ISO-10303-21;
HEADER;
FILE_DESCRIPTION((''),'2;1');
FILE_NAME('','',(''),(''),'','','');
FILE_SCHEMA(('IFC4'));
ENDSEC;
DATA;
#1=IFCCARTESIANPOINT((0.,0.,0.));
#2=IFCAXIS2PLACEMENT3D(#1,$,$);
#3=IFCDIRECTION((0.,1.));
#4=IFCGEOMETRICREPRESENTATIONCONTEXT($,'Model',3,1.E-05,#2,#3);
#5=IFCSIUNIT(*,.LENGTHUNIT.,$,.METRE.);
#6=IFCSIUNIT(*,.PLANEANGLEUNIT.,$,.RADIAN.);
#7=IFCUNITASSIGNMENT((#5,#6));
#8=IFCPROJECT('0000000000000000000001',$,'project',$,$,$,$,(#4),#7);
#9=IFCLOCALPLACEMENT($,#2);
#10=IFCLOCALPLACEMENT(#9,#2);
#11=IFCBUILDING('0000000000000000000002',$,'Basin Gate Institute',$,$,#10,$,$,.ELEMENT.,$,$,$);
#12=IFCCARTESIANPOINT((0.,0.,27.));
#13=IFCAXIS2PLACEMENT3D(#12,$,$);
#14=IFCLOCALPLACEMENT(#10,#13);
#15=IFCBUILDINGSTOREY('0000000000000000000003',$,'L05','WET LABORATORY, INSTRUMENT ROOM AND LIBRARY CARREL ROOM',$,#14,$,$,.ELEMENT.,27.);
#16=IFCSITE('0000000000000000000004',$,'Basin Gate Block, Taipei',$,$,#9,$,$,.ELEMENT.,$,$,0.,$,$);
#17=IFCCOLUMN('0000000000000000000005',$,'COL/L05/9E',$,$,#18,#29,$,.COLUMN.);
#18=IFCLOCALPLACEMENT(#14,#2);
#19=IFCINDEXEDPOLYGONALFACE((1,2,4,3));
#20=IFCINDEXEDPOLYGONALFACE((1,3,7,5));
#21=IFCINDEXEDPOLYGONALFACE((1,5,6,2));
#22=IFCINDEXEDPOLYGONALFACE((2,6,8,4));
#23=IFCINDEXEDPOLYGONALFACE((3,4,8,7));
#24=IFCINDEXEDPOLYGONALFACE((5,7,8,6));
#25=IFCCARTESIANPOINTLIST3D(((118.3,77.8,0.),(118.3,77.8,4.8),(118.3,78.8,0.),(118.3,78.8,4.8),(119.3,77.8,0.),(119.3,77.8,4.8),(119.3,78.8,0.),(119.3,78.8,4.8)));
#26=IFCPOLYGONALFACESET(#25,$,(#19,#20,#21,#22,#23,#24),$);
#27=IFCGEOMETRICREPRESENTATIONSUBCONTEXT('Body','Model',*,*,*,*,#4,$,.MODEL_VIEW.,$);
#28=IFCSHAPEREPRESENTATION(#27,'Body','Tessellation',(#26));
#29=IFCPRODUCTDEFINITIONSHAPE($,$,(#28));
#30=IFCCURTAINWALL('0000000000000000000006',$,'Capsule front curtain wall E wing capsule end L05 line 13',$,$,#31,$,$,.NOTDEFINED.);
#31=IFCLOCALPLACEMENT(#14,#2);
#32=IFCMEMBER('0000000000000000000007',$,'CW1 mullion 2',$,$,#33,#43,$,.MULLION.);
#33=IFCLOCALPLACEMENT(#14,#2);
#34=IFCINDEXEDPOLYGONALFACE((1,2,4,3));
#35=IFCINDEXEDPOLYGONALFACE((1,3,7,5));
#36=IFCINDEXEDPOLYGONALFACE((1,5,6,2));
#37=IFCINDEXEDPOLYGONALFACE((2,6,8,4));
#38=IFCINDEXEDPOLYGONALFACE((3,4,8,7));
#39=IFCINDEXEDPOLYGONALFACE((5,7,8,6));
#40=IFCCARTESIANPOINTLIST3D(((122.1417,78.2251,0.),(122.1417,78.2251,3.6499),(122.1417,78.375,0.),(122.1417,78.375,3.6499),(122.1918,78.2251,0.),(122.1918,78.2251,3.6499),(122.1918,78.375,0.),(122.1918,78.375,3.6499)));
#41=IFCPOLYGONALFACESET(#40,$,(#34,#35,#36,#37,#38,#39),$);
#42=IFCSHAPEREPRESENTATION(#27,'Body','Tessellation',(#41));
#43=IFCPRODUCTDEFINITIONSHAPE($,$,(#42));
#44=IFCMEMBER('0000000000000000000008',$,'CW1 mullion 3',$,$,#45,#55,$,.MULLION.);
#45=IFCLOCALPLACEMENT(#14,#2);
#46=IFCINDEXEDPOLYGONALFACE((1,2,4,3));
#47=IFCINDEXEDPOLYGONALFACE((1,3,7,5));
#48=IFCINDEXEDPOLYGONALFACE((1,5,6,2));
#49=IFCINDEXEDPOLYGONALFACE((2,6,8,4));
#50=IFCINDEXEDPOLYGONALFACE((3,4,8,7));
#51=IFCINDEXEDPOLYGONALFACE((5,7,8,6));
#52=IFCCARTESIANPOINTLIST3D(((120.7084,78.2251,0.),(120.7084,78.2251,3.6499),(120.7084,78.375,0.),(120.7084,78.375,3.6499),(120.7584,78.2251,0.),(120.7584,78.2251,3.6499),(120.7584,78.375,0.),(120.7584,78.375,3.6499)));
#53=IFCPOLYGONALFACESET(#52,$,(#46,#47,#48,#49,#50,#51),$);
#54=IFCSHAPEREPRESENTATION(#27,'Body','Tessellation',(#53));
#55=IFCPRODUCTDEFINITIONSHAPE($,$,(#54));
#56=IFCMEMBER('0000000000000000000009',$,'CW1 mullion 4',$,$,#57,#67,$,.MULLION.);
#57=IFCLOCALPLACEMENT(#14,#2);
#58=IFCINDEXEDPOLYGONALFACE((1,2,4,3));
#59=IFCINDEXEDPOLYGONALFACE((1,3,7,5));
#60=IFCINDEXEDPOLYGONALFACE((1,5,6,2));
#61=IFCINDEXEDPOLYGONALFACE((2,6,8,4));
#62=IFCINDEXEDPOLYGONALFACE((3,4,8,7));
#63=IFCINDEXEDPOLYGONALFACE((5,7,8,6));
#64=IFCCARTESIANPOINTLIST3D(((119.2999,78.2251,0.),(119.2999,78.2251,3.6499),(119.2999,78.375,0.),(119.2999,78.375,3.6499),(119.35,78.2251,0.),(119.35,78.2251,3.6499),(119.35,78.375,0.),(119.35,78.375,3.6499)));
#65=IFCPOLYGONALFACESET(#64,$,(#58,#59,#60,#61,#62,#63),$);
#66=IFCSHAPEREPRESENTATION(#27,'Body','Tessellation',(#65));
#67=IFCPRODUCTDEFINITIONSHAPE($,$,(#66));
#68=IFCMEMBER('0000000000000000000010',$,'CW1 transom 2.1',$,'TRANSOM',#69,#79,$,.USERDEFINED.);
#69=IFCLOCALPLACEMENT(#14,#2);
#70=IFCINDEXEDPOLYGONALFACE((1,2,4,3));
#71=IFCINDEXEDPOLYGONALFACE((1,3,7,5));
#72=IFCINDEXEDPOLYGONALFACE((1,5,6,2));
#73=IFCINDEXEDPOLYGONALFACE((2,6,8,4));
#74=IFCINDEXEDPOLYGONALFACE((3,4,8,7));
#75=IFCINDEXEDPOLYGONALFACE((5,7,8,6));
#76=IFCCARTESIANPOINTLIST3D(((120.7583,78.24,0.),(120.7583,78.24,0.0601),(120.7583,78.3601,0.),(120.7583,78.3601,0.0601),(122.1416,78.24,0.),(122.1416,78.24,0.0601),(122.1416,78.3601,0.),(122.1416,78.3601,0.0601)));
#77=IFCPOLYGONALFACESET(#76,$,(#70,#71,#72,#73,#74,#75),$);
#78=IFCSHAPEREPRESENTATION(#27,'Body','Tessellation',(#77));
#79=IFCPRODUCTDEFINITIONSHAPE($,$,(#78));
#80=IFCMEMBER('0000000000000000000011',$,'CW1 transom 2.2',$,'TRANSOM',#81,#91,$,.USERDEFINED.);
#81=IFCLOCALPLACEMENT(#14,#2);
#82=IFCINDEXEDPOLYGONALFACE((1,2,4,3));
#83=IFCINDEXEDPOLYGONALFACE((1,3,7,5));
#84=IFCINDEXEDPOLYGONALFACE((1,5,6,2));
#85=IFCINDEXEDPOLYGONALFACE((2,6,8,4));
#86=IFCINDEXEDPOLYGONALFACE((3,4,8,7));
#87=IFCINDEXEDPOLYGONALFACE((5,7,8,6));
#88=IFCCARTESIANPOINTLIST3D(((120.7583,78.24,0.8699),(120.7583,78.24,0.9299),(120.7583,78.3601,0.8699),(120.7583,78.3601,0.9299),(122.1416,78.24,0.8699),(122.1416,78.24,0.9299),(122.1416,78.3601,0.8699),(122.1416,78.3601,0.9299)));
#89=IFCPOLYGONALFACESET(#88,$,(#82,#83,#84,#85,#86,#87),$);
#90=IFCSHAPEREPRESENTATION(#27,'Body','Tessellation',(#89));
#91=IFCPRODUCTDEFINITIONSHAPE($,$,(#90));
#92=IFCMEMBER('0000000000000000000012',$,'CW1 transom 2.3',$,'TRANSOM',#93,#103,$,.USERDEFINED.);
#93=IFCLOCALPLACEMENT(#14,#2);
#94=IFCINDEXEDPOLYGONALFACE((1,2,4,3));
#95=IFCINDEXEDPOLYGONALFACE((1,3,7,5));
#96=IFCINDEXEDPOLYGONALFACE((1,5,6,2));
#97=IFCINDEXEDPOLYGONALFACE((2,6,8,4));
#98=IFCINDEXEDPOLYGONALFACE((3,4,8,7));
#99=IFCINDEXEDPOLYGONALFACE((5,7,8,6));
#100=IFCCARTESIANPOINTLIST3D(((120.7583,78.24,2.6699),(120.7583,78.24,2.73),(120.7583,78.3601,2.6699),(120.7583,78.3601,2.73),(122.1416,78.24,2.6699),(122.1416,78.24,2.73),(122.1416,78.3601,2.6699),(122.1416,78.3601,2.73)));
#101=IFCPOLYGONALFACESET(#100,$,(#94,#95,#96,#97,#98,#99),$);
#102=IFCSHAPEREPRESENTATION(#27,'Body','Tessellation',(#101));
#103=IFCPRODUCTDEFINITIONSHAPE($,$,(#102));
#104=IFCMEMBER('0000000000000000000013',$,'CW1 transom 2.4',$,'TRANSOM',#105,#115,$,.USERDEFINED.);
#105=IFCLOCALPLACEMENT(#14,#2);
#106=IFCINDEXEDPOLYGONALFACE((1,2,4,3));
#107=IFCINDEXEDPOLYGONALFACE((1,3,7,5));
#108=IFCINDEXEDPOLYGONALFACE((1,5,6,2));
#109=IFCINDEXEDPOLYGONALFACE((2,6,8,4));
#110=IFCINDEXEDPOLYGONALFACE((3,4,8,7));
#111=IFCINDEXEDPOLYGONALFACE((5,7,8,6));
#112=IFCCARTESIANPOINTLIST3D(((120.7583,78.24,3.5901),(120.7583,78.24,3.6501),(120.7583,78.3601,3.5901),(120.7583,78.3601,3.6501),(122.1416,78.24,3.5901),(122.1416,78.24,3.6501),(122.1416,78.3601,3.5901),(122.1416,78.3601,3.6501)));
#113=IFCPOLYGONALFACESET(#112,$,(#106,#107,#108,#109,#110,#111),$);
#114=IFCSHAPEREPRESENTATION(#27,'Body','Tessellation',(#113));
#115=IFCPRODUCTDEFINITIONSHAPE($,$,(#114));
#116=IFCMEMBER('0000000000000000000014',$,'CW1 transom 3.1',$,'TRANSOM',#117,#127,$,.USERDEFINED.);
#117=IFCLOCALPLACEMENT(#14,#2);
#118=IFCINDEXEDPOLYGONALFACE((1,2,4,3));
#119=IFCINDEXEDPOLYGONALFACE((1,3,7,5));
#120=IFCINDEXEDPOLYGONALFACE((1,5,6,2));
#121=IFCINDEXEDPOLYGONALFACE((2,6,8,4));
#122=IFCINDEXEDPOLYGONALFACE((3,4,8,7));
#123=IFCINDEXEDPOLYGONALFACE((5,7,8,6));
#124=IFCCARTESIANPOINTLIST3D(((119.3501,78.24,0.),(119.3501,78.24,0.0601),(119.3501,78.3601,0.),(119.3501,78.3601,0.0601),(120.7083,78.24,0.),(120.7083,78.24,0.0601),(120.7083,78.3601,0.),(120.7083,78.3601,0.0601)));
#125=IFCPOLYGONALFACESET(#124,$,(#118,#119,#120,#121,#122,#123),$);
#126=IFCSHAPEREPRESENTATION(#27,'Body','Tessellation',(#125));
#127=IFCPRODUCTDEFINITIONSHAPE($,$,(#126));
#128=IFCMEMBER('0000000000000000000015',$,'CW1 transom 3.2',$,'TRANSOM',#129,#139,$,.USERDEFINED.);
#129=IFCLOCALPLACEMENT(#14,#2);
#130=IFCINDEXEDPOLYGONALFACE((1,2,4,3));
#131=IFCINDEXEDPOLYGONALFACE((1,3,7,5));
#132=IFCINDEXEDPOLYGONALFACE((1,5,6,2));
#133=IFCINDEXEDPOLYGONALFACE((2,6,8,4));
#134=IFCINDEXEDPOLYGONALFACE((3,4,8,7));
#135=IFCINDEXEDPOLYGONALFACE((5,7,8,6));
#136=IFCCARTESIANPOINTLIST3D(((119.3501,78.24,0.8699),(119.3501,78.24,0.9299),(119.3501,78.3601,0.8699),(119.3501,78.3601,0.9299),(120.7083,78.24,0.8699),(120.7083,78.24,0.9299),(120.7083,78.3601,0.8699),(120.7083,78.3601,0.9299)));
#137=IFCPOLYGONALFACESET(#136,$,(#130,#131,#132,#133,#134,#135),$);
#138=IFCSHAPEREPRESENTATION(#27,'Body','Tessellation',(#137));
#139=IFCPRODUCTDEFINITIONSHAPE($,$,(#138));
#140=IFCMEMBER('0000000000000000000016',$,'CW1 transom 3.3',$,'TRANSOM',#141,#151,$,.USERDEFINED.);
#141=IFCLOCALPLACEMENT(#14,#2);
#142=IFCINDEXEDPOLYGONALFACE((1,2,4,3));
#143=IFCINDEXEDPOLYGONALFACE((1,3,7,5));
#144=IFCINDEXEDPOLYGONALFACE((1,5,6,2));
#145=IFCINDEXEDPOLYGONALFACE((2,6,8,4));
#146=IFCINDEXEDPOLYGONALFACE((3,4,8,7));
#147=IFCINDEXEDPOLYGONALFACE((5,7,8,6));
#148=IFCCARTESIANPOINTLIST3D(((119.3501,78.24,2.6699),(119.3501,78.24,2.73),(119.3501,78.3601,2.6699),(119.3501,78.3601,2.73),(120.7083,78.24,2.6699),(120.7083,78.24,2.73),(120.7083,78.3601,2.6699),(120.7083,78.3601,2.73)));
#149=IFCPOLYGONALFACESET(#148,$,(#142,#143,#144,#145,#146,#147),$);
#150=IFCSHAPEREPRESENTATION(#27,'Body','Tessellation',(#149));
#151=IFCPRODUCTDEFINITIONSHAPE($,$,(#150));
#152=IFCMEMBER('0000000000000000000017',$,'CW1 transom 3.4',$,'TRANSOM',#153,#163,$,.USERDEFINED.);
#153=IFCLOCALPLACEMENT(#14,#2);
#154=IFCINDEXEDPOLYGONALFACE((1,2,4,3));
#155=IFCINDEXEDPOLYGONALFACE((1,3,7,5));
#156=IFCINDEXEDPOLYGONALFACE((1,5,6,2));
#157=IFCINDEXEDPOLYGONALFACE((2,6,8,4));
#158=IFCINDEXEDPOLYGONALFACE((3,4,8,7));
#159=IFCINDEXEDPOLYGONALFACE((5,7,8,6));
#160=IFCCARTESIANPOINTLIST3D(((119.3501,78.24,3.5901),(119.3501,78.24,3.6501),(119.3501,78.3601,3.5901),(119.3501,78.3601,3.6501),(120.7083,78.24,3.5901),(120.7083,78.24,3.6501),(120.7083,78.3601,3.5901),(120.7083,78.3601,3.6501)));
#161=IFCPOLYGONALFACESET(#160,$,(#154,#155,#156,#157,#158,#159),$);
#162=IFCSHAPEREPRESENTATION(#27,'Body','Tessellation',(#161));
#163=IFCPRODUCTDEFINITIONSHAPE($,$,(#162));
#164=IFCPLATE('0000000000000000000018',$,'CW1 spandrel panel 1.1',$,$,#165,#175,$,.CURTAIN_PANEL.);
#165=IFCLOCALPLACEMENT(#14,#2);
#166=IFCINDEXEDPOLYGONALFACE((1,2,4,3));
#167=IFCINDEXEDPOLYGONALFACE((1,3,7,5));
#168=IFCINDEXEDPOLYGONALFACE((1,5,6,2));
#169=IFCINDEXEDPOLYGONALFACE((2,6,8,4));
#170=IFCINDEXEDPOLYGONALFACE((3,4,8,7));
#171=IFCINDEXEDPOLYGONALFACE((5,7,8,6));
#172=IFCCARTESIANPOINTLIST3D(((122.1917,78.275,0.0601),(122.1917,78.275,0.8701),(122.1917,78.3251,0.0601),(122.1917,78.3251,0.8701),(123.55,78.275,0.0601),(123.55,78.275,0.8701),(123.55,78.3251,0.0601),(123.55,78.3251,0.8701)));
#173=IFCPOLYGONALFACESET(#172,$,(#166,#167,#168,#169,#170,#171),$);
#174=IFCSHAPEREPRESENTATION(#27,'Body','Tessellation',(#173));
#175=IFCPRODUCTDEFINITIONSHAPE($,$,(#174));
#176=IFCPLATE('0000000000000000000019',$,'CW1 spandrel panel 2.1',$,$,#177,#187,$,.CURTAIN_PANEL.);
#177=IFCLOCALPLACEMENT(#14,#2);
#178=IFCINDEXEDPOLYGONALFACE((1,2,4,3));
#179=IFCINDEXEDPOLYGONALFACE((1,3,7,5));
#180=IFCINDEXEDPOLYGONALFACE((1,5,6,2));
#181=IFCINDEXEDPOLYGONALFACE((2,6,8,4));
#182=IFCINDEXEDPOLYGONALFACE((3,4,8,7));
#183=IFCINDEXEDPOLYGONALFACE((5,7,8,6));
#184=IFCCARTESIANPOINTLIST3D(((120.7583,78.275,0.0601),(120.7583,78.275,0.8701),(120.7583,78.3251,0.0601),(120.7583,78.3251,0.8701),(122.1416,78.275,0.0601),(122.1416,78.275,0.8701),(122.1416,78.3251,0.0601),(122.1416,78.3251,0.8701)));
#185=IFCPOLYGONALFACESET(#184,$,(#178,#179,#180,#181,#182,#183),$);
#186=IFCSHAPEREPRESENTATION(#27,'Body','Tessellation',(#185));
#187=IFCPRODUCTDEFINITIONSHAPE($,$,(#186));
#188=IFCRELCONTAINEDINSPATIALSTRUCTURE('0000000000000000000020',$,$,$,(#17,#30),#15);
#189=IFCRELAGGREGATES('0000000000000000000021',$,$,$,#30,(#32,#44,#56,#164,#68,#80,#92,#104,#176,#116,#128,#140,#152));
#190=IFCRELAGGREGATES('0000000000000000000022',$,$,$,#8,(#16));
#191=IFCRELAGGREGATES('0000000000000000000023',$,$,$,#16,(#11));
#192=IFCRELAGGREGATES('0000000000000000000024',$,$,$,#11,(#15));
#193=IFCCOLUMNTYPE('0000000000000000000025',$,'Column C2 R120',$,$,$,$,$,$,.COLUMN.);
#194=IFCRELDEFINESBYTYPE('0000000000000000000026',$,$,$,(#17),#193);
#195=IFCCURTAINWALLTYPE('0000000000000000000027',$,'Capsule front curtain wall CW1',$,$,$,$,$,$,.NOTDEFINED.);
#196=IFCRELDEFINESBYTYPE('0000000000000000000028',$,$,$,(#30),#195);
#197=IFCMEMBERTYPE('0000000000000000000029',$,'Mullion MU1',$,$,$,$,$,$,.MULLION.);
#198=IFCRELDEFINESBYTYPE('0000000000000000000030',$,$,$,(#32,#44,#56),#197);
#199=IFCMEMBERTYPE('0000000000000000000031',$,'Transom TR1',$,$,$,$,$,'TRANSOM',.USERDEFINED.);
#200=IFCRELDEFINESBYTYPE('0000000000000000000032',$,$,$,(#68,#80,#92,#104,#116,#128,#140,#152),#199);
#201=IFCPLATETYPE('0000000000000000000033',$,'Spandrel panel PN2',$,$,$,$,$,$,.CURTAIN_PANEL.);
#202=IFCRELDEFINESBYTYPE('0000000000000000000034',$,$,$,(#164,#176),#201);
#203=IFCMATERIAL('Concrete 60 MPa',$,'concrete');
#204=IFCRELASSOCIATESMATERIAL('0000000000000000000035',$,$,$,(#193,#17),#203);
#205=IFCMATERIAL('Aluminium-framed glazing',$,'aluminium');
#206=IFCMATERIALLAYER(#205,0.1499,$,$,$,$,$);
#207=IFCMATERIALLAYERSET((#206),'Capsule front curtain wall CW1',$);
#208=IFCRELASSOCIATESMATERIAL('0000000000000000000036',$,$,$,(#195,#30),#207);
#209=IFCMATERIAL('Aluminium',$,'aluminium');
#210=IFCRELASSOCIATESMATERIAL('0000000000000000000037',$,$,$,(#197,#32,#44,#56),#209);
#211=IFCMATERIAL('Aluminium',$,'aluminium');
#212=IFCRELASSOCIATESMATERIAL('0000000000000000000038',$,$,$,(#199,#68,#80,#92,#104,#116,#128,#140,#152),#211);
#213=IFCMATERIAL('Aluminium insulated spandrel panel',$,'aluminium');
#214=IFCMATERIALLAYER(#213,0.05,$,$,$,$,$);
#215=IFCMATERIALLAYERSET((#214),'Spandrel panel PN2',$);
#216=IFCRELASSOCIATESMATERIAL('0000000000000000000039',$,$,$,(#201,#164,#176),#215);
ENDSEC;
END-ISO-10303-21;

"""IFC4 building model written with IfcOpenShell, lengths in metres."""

from ifc_helpers import new_model, si_unit, direction, frame, origin, origin_2d, place, context, subcontext, project, spatial, rectangle, extrude, material, layer, layer_set, material_profile, profile_set, type_object, element, aggregate, save


model = new_model("IFC4")

# Units and contexts
model_context = context("Model", 3, precision=1e-05, world=origin(), true_north=direction((0.0, 1.0)))
body_context = subcontext(model_context, "Body", "Model", "MODEL_VIEW")
ifc_project = project(units=[si_unit("LENGTHUNIT", "METRE"), si_unit("PLANEANGLEUNIT", "RADIAN")], contexts=[model_context])

# Site, building, storey
site_placement = place(None, origin())
site = spatial("IfcSite", under=ifc_project, at=site_placement, Name="Basin Gate Block, Taipei", CompositionType="ELEMENT", RefElevation=0.0)
building_placement = place(site_placement, origin())
building = spatial("IfcBuilding", under=site, at=building_placement, Name="Basin Gate Institute", CompositionType="ELEMENT")
storey_placement = place(building_placement, frame((0.0, 0.0, 27.0)))
storey = spatial("IfcBuildingStorey", under=building, at=storey_placement, Name="L05", Description="WET LABORATORY, INSTRUMENT ROOM AND LIBRARY CARREL ROOM", CompositionType="ELEMENT", Elevation=27.0)

# Column
ifc_material_1 = material(Name="Concrete 60 MPa", Category="concrete")
ifc_material_profile_1 = material_profile(ifc_material_1, rectangle(XDim=1.0, YDim=1.0, at=origin_2d()), Name="Column C2 1000 x 1000")
ifc_profile_set_1 = profile_set([ifc_material_profile_1], Name="Concrete 60 MPa")
column_type = type_object("IfcColumnType", Name="Column C2 R120", PredefinedType="COLUMN", material=ifc_profile_set_1)
column_placement = place(storey_placement, frame((118.8, 78.3, 0.0), z_axis=(0.0, 0.0, 1.0), x_axis=(1.0, 0.0, 0.0)))
element("IfcColumn", 1, at=column_placement, inside=storey, type_object=column_type, material=ifc_profile_set_1, Name="COL/L05/9E", PredefinedType="COLUMN", context=body_context, shape_type="SweptSolid", body=[
    extrude(rectangle(XDim=1.0, YDim=1.0, at=origin_2d()), origin(), (0.0, 0.0, 1.0), 4.8),
])

# Curtain wall, members, plates
ifc_material_2 = material(Name="Aluminium-framed glazing", Category="aluminium")
ifc_layer_1 = layer(ifc_material_2, 0.1499)
ifc_layer_set_1 = layer_set([ifc_layer_1], Name="Capsule front curtain wall CW1")
curtain_wall_type = type_object("IfcCurtainWallType", Name="Capsule front curtain wall CW1", PredefinedType="NOTDEFINED", material=ifc_layer_set_1)
curtain_wall_placement = place(storey_placement, origin())
curtain_wall = element("IfcCurtainWall", 2, at=curtain_wall_placement, inside=storey, type_object=curtain_wall_type, material=ifc_layer_set_1, Name="Capsule front curtain wall E wing capsule end L05 line 13", PredefinedType="NOTDEFINED")
ifc_material_3 = material(Name="Aluminium", Category="aluminium")
ifc_material_profile_2 = material_profile(ifc_material_3, rectangle(XDim=0.1499, YDim=0.05, at=origin_2d()), Name="Mullion MU1 150 x 50")
ifc_profile_set_2 = profile_set([ifc_material_profile_2], Name="Aluminium")
member_type_1 = type_object("IfcMemberType", Name="Mullion MU1", PredefinedType="MULLION", material=ifc_profile_set_2)
member_1_placement = place(storey_placement, frame((122.1667, 78.3, 0.0), z_axis=(0.0, 0.0, 1.0), x_axis=(0.0, -1.0, 0.0)))
member_1 = element("IfcMember", 3, at=member_1_placement, type_object=member_type_1, material=ifc_profile_set_2, Name="CW1 mullion 2", PredefinedType="MULLION", context=body_context, shape_type="SweptSolid", body=[
    extrude(rectangle(XDim=0.1499, YDim=0.05, at=origin_2d()), origin(), (0.0, 0.0, 1.0), 3.6499),
])
member_2_placement = place(storey_placement, frame((120.7334, 78.3, 0.0), z_axis=(0.0, 0.0, 1.0), x_axis=(0.0, -1.0, 0.0)))
member_2 = element("IfcMember", 4, at=member_2_placement, type_object=member_type_1, material=ifc_profile_set_2, Name="CW1 mullion 3", PredefinedType="MULLION", context=body_context, shape_type="SweptSolid", body=[
    extrude(rectangle(XDim=0.1499, YDim=0.05, at=origin_2d()), origin(), (0.0, 0.0, 1.0), 3.6499),
])
member_3_placement = place(storey_placement, frame((119.325, 78.3, 0.0), z_axis=(0.0, 0.0, 1.0), x_axis=(0.0, -1.0, 0.0)))
member_3 = element("IfcMember", 5, at=member_3_placement, type_object=member_type_1, material=ifc_profile_set_2, Name="CW1 mullion 4", PredefinedType="MULLION", context=body_context, shape_type="SweptSolid", body=[
    extrude(rectangle(XDim=0.1499, YDim=0.05, at=origin_2d()), origin(), (0.0, 0.0, 1.0), 3.6499),
])
ifc_material_4 = material(Name="Aluminium", Category="aluminium")
ifc_material_profile_3 = material_profile(ifc_material_4, rectangle(XDim=0.1201, YDim=0.0601, at=origin_2d()), Name="Transom TR1 120 x 60")
ifc_profile_set_3 = profile_set([ifc_material_profile_3], Name="Aluminium")
member_type_2 = type_object("IfcMemberType", Name="Transom TR1", ElementType="TRANSOM", PredefinedType="USERDEFINED", material=ifc_profile_set_3)
member_4_placement = place(storey_placement, frame((122.1416, 78.3, 0.03), z_axis=(-1.0, 0.0, 0.0), x_axis=(0.0, -1.0, 0.0)))
member_4 = element("IfcMember", 6, at=member_4_placement, type_object=member_type_2, material=ifc_profile_set_3, Name="CW1 transom 2.1", ObjectType="TRANSOM", PredefinedType="USERDEFINED", context=body_context, shape_type="SweptSolid", body=[
    extrude(rectangle(XDim=0.1201, YDim=0.0601, at=origin_2d()), origin(), (0.0, 0.0, 1.0), 1.3833),
])
member_5_placement = place(storey_placement, frame((122.1416, 78.3, 0.8999), z_axis=(-1.0, 0.0, 0.0), x_axis=(0.0, -1.0, 0.0)))
member_5 = element("IfcMember", 7, at=member_5_placement, type_object=member_type_2, material=ifc_profile_set_3, Name="CW1 transom 2.2", ObjectType="TRANSOM", PredefinedType="USERDEFINED", context=body_context, shape_type="SweptSolid", body=[
    extrude(rectangle(XDim=0.1201, YDim=0.0601, at=origin_2d()), origin(), (0.0, 0.0, 1.0), 1.3833),
])
member_6_placement = place(storey_placement, frame((122.1416, 78.3, 2.7), z_axis=(-1.0, 0.0, 0.0), x_axis=(0.0, -1.0, 0.0)))
member_6 = element("IfcMember", 8, at=member_6_placement, type_object=member_type_2, material=ifc_profile_set_3, Name="CW1 transom 2.3", ObjectType="TRANSOM", PredefinedType="USERDEFINED", context=body_context, shape_type="SweptSolid", body=[
    extrude(rectangle(XDim=0.1201, YDim=0.0601, at=origin_2d()), origin(), (0.0, 0.0, 1.0), 1.3833),
])
member_7_placement = place(storey_placement, frame((122.1416, 78.3, 3.6201), z_axis=(-1.0, 0.0, 0.0), x_axis=(0.0, -1.0, 0.0)))
member_7 = element("IfcMember", 9, at=member_7_placement, type_object=member_type_2, material=ifc_profile_set_3, Name="CW1 transom 2.4", ObjectType="TRANSOM", PredefinedType="USERDEFINED", context=body_context, shape_type="SweptSolid", body=[
    extrude(rectangle(XDim=0.1201, YDim=0.0601, at=origin_2d()), origin(), (0.0, 0.0, 1.0), 1.3833),
])
member_8_placement = place(storey_placement, frame((120.7083, 78.3, 0.03), z_axis=(-1.0, 0.0, 0.0), x_axis=(0.0, -1.0, 0.0)))
member_8 = element("IfcMember", 10, at=member_8_placement, type_object=member_type_2, material=ifc_profile_set_3, Name="CW1 transom 3.1", ObjectType="TRANSOM", PredefinedType="USERDEFINED", context=body_context, shape_type="SweptSolid", body=[
    extrude(rectangle(XDim=0.1201, YDim=0.0601, at=origin_2d()), origin(), (0.0, 0.0, 1.0), 1.3582),
])
member_9_placement = place(storey_placement, frame((120.7083, 78.3, 0.8999), z_axis=(-1.0, 0.0, 0.0), x_axis=(0.0, -1.0, 0.0)))
member_9 = element("IfcMember", 11, at=member_9_placement, type_object=member_type_2, material=ifc_profile_set_3, Name="CW1 transom 3.2", ObjectType="TRANSOM", PredefinedType="USERDEFINED", context=body_context, shape_type="SweptSolid", body=[
    extrude(rectangle(XDim=0.1201, YDim=0.0601, at=origin_2d()), origin(), (0.0, 0.0, 1.0), 1.3582),
])
member_10_placement = place(storey_placement, frame((120.7083, 78.3, 2.7), z_axis=(-1.0, 0.0, 0.0), x_axis=(0.0, -1.0, 0.0)))
member_10 = element("IfcMember", 12, at=member_10_placement, type_object=member_type_2, material=ifc_profile_set_3, Name="CW1 transom 3.3", ObjectType="TRANSOM", PredefinedType="USERDEFINED", context=body_context, shape_type="SweptSolid", body=[
    extrude(rectangle(XDim=0.1201, YDim=0.0601, at=origin_2d()), origin(), (0.0, 0.0, 1.0), 1.3582),
])
member_11_placement = place(storey_placement, frame((120.7083, 78.3, 3.6201), z_axis=(-1.0, 0.0, 0.0), x_axis=(0.0, -1.0, 0.0)))
member_11 = element("IfcMember", 13, at=member_11_placement, type_object=member_type_2, material=ifc_profile_set_3, Name="CW1 transom 3.4", ObjectType="TRANSOM", PredefinedType="USERDEFINED", context=body_context, shape_type="SweptSolid", body=[
    extrude(rectangle(XDim=0.1201, YDim=0.0601, at=origin_2d()), origin(), (0.0, 0.0, 1.0), 1.3582),
])
ifc_material_5 = material(Name="Aluminium insulated spandrel panel", Category="aluminium")
ifc_layer_2 = layer(ifc_material_5, 0.05)
ifc_layer_set_2 = layer_set([ifc_layer_2], Name="Spandrel panel PN2")
plate_type_1 = type_object("IfcPlateType", Name="Spandrel panel PN2", PredefinedType="CURTAIN_PANEL", material=ifc_layer_set_2)
plate_1_placement = place(storey_placement, frame((122.8708, 78.3, 0.0601), z_axis=(0.0, 0.0, 1.0), x_axis=(-1.0, 0.0, 0.0)))
plate_1 = element("IfcPlate", 14, at=plate_1_placement, type_object=plate_type_1, material=ifc_layer_set_2, Name="CW1 spandrel panel 1.1", PredefinedType="CURTAIN_PANEL", context=body_context, shape_type="SweptSolid", body=[
    extrude(rectangle(XDim=1.3584, YDim=0.05, at=origin_2d()), origin(), (0.0, 0.0, 1.0), 0.8101),
])
plate_2_placement = place(storey_placement, frame((121.45, 78.3, 0.0601), z_axis=(0.0, 0.0, 1.0), x_axis=(-1.0, 0.0, 0.0)))
plate_2 = element("IfcPlate", 15, at=plate_2_placement, type_object=plate_type_1, material=ifc_layer_set_2, Name="CW1 spandrel panel 2.1", PredefinedType="CURTAIN_PANEL", context=body_context, shape_type="SweptSolid", body=[
    extrude(rectangle(XDim=1.3833, YDim=0.05, at=origin_2d()), origin(), (0.0, 0.0, 1.0), 0.8101),
])
aggregate(curtain_wall, [member_1, member_2, member_3, plate_1, member_4, member_5, member_6, member_7, plate_2, member_8, member_9, member_10, member_11])

save(model, "model.ifc")
